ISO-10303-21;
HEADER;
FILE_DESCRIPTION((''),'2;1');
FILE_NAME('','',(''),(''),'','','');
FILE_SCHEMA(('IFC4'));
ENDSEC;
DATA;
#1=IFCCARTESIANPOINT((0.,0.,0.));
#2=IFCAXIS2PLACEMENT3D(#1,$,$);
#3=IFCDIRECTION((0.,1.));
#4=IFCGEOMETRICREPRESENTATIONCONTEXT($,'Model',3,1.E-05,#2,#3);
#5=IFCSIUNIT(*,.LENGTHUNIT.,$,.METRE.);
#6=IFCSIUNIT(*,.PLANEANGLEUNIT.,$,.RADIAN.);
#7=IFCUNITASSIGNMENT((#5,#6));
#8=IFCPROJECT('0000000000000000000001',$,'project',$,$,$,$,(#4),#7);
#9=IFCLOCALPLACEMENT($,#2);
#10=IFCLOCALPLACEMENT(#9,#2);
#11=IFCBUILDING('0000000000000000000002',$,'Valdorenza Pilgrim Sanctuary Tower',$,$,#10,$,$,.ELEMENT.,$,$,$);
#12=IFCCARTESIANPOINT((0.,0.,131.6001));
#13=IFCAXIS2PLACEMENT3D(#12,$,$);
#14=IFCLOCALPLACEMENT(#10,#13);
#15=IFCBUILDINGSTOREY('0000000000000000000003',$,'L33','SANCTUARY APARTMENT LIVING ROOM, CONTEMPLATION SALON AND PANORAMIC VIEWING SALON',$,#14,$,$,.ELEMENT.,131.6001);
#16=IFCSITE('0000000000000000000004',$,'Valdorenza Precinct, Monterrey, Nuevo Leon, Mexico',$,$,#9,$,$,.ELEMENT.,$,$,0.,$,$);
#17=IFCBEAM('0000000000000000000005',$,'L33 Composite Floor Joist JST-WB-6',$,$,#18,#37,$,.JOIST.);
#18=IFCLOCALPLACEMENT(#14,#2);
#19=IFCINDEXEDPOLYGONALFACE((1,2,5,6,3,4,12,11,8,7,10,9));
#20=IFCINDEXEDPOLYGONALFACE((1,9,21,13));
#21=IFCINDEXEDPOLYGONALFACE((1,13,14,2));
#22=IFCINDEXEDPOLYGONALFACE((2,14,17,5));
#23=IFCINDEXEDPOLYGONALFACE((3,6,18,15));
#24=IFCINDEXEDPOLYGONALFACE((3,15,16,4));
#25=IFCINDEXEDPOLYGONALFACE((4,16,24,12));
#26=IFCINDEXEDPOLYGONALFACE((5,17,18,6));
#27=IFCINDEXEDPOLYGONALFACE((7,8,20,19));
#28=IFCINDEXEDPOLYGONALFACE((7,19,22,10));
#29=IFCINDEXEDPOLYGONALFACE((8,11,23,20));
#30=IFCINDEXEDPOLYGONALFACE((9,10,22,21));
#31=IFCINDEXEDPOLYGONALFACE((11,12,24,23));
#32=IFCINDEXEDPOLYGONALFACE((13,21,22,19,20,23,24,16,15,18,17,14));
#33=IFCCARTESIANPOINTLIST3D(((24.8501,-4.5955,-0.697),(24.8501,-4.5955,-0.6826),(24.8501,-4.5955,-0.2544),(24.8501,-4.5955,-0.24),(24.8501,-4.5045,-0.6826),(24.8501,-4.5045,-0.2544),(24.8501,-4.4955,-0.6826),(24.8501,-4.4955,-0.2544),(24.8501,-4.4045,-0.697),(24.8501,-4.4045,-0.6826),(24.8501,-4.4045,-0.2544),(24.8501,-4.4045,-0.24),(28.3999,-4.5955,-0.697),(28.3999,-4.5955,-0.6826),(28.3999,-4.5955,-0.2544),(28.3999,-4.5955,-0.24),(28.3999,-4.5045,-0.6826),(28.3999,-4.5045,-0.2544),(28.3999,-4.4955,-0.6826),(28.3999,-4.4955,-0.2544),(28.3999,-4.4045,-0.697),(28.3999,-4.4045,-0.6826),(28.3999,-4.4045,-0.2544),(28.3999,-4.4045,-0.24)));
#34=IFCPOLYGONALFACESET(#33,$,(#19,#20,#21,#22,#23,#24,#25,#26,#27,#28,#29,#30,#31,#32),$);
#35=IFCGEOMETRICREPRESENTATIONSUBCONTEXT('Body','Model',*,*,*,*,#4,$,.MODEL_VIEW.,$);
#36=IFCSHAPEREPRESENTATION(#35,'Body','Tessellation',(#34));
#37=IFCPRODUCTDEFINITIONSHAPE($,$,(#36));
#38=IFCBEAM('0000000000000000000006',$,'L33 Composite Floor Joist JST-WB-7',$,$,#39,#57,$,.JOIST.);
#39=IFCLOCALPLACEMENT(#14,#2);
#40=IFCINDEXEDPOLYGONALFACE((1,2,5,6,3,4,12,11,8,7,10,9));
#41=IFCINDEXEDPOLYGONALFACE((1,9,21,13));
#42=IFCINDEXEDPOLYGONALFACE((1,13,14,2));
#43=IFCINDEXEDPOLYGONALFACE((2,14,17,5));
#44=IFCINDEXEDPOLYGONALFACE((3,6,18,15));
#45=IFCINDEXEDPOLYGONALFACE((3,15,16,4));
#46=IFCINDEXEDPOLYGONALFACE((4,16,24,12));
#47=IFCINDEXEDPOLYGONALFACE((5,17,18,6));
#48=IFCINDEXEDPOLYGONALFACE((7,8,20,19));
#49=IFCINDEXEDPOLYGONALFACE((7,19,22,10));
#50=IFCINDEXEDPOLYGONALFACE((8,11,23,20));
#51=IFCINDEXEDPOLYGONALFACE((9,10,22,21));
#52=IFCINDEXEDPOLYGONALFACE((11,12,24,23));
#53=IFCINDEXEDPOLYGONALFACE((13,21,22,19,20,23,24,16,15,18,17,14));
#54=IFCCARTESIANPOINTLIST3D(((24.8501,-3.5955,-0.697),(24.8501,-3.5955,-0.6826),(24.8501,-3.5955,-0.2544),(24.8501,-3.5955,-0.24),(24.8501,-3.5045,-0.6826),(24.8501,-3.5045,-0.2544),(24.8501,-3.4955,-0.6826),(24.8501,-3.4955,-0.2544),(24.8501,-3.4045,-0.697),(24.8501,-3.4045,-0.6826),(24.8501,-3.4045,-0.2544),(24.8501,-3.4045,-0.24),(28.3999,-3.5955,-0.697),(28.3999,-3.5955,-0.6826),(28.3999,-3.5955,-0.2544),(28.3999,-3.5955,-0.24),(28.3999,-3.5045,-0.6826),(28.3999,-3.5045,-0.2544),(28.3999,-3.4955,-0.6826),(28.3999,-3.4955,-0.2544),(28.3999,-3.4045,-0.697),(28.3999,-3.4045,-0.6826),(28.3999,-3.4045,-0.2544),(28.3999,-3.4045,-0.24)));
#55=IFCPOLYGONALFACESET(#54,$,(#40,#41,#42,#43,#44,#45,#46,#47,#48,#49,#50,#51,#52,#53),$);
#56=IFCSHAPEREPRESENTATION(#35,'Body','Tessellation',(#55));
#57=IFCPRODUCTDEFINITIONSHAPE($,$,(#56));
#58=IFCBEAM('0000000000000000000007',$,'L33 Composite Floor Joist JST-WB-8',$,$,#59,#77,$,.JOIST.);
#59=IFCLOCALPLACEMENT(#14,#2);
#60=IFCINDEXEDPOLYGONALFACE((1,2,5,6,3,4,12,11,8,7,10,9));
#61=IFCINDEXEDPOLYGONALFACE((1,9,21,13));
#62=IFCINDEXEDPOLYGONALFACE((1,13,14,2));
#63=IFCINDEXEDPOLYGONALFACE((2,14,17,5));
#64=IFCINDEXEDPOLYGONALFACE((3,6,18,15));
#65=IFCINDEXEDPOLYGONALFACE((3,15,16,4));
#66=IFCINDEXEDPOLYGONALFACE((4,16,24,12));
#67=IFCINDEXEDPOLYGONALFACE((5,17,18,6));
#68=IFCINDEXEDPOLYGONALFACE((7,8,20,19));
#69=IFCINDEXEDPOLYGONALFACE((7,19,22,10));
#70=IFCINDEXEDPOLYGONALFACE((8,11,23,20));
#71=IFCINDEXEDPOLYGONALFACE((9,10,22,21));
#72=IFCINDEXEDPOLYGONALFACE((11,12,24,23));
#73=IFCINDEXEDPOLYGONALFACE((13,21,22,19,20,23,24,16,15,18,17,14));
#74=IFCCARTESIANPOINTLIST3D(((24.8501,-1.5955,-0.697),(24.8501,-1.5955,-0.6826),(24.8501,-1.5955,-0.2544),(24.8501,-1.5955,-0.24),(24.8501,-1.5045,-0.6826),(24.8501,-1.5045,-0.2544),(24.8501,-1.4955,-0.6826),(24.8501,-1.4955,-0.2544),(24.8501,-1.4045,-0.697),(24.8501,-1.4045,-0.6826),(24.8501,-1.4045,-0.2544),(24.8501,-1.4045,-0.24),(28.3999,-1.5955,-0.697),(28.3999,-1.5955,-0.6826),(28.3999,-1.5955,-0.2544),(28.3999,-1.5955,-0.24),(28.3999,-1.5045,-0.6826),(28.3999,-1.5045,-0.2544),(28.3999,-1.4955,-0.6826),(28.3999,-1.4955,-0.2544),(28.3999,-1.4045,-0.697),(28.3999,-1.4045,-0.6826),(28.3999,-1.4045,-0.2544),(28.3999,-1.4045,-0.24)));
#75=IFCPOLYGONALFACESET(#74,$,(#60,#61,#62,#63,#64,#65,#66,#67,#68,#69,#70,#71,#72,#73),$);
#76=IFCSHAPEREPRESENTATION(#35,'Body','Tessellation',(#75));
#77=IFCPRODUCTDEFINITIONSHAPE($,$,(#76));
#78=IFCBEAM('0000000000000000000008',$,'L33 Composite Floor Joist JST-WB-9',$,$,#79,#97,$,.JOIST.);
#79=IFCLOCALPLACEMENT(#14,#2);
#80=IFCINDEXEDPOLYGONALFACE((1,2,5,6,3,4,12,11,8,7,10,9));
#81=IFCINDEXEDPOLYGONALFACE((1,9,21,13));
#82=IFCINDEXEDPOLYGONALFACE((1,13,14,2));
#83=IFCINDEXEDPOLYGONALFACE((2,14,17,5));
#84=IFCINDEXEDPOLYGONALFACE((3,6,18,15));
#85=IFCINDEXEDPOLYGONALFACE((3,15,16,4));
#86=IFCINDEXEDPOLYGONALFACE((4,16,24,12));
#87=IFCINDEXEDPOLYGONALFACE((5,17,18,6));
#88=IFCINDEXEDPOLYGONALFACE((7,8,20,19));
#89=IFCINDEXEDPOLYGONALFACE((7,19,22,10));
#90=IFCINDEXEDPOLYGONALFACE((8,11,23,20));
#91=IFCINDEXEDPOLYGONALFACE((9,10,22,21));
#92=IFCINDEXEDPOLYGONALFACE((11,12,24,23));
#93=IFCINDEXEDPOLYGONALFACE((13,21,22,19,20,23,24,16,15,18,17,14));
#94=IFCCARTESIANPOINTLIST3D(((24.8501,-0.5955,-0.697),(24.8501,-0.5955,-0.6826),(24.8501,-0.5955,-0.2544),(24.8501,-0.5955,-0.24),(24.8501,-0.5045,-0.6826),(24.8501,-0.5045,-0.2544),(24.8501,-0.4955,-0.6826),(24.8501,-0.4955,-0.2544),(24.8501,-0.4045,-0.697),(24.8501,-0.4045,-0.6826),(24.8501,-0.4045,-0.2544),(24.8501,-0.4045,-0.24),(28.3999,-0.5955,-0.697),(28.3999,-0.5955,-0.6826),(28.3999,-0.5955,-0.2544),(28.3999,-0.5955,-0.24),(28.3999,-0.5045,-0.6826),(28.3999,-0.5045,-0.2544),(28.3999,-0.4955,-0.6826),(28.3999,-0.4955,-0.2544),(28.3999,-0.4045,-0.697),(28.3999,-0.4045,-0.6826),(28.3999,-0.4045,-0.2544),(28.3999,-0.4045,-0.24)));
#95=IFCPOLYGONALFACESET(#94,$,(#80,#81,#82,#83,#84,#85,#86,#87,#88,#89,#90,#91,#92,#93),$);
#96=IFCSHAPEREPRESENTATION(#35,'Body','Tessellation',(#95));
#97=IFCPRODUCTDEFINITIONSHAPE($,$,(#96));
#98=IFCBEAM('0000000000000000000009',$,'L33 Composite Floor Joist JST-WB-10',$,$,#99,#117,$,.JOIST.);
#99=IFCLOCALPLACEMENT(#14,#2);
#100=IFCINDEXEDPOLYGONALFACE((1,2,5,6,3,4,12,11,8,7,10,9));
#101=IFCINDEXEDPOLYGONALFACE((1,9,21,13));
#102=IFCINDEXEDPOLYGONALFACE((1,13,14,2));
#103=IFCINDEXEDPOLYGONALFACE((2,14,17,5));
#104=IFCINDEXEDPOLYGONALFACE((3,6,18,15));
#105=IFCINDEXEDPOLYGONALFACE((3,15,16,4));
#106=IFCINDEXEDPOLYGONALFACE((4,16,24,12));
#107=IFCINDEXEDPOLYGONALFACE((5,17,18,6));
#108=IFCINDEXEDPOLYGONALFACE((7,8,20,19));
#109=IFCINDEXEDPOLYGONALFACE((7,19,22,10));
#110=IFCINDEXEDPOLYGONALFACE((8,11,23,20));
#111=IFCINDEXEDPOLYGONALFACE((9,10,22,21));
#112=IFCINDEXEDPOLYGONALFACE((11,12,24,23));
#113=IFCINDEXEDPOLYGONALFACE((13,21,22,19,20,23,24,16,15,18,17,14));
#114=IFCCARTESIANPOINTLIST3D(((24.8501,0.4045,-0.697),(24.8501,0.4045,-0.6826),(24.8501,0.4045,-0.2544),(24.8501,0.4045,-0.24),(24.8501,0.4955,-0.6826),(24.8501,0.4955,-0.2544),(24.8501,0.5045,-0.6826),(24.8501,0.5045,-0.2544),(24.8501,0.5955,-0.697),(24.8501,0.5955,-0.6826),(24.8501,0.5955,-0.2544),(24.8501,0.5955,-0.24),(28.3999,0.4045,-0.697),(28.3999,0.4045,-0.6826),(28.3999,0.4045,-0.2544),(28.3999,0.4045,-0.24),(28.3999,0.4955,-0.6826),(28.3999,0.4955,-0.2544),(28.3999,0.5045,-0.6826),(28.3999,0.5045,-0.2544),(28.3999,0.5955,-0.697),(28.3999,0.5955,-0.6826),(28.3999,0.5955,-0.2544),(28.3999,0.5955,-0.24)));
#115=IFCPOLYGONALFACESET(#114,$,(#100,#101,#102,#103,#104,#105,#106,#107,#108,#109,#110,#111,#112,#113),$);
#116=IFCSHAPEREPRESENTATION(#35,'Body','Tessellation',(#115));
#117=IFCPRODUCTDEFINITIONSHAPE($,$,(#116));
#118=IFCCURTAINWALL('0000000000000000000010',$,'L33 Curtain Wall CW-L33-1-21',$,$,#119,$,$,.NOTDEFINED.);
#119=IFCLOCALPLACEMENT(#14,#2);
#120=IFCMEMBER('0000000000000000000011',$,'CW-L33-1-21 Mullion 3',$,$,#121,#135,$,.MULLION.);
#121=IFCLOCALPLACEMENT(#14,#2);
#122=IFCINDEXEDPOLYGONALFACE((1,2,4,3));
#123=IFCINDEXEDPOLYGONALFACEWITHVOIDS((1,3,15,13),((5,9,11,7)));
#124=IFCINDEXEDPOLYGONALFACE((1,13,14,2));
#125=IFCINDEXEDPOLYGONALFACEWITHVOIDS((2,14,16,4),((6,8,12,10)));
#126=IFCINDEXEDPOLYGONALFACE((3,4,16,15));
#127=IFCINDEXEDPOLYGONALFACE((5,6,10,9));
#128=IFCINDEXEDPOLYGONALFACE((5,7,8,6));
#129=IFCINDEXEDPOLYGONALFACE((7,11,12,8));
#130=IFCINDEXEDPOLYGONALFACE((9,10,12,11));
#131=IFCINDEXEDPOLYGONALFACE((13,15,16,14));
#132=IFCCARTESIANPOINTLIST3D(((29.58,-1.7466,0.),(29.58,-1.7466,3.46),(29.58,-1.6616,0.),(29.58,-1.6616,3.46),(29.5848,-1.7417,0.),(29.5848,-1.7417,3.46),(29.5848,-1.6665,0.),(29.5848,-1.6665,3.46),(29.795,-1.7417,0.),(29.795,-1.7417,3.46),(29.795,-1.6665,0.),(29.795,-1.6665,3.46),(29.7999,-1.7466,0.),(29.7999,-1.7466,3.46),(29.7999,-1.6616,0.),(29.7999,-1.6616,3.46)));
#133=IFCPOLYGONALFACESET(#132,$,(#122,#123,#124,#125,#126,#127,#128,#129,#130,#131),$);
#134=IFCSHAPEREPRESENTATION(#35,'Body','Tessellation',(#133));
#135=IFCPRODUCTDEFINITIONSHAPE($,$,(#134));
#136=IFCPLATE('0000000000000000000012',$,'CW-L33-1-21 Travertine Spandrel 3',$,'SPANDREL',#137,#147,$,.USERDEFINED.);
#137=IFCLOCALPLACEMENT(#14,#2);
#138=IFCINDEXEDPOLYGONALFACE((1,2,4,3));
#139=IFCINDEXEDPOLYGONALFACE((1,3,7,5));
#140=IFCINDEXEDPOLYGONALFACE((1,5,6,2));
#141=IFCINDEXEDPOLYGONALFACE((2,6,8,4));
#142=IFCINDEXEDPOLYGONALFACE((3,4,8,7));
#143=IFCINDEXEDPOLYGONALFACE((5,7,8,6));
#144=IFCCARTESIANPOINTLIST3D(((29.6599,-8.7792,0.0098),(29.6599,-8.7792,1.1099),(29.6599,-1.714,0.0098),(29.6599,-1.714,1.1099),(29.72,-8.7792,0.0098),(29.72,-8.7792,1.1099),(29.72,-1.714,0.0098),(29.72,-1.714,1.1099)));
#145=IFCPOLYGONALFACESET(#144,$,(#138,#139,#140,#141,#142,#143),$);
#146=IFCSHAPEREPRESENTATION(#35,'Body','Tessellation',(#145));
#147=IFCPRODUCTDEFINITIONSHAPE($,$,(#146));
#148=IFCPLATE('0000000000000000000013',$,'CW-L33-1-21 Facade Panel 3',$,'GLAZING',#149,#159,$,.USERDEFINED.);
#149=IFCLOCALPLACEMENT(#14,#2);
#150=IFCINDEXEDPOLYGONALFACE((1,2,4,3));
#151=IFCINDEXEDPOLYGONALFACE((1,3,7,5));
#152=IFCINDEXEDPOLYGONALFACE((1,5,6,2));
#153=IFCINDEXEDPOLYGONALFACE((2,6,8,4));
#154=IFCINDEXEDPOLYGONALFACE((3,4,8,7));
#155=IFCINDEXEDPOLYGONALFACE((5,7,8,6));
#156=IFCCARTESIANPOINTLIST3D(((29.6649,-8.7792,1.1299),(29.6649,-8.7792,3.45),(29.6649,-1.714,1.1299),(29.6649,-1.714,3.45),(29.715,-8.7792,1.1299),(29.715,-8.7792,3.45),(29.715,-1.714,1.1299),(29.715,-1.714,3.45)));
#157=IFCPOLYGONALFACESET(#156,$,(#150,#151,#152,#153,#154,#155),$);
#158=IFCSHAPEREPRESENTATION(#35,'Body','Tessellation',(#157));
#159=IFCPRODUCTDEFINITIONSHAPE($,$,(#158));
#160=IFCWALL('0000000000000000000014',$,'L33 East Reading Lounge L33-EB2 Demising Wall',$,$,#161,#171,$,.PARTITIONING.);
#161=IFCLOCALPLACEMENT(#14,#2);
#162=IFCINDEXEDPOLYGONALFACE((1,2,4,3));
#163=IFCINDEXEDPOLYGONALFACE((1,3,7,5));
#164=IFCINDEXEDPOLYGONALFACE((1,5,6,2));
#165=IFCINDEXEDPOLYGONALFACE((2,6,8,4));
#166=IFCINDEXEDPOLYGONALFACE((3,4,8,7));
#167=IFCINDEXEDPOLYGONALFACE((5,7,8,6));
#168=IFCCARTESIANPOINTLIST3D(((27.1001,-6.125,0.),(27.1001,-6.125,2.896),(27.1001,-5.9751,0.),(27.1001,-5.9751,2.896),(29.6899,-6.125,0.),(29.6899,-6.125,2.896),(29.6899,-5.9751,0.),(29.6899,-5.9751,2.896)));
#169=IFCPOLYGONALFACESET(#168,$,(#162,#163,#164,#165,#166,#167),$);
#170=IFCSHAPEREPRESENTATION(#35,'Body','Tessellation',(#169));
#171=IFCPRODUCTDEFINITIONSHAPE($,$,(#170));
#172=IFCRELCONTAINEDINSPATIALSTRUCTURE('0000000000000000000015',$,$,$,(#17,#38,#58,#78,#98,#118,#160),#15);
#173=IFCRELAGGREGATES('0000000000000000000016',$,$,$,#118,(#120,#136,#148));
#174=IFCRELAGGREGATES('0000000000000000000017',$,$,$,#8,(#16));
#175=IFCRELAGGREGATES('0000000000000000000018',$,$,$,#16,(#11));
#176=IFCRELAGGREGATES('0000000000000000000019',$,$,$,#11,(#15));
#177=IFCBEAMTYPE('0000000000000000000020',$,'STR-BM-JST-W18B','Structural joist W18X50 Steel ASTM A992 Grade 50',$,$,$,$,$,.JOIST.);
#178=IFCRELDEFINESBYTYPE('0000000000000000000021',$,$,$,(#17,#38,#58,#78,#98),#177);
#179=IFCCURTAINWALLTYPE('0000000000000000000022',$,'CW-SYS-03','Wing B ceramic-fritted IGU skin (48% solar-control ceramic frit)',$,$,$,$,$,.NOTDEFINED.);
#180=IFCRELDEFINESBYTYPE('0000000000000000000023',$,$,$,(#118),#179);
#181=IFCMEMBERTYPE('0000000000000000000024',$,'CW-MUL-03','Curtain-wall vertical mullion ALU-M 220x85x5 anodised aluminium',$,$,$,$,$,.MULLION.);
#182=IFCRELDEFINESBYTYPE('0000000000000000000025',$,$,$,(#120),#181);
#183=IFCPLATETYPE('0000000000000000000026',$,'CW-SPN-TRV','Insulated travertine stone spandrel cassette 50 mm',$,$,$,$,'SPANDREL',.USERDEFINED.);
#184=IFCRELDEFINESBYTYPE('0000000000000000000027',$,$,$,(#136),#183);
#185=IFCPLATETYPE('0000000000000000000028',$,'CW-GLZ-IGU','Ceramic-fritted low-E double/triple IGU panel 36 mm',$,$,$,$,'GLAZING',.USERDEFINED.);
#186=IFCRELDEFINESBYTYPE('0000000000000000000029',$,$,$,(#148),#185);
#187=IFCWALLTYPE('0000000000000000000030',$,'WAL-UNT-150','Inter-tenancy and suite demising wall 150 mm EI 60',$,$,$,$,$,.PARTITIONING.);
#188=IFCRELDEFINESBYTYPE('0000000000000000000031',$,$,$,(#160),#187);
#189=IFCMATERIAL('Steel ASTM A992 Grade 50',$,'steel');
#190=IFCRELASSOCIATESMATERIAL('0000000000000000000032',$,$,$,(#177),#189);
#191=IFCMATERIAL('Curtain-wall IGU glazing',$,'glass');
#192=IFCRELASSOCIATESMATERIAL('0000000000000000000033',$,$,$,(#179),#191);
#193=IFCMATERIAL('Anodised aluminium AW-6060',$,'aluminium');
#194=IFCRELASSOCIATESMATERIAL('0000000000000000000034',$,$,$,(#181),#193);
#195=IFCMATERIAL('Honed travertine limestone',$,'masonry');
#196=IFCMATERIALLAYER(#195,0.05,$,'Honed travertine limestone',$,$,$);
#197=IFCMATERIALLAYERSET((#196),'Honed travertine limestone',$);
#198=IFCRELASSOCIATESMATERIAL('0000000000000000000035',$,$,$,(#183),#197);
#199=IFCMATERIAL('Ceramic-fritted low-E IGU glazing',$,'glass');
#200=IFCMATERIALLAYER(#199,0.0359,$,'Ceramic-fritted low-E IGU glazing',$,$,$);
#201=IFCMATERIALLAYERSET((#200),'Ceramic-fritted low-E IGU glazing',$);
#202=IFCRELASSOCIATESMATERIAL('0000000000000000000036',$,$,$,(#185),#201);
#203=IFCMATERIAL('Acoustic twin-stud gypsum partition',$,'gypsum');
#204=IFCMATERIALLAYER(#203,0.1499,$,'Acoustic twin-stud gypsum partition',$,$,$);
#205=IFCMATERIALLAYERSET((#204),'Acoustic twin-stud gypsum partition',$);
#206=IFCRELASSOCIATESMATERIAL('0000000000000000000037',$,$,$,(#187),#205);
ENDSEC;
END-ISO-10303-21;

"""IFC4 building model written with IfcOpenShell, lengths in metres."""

from ifc_helpers import new_model, si_unit, direction, frame, frame_2d, origin, origin_2d, place, context, subcontext, project, spatial, rectangle, hollow_rectangle, i_section, extrude, source, transform, mapped, material, layer, layer_set, material_profile, profile_set, type_object, element, aggregate, save


model = new_model("IFC4")

# Units and contexts
model_context = context("Model", 3, precision=1e-05, world=origin(), true_north=direction((0.0, 1.0)))
body_context = subcontext(model_context, "Body", "Model", "MODEL_VIEW")
ifc_project = project(units=[si_unit("LENGTHUNIT", "METRE"), si_unit("PLANEANGLEUNIT", "RADIAN")], contexts=[model_context])

# Site, building, storey
site_placement = place(None, origin())
site = spatial("IfcSite", under=ifc_project, at=site_placement, Name="Valdorenza Precinct, Monterrey, Nuevo Leon, Mexico", CompositionType="ELEMENT", RefElevation=0.0)
building_placement = place(site_placement, origin())
building = spatial("IfcBuilding", under=site, at=building_placement, Name="Valdorenza Pilgrim Sanctuary Tower", CompositionType="ELEMENT")
storey_placement = place(building_placement, frame((0.0, 0.0, 131.6001)))
storey = spatial("IfcBuildingStorey", under=building, at=storey_placement, Name="L33", Description="SANCTUARY APARTMENT LIVING ROOM, CONTEMPLATION SALON AND PANORAMIC VIEWING SALON", CompositionType="ELEMENT", Elevation=131.6001)

# Shared definitions
ifc_material_1 = material(Name="Steel ASTM A992 Grade 50", Category="steel")

# Beams
ifc_material_profile_1 = material_profile(ifc_material_1, i_section(OverallWidth=0.1909, OverallDepth=0.457, WebThickness=0.009, FlangeThickness=0.0144, at=origin_2d()), Name="W18X50")
ifc_profile_set_1 = profile_set([ifc_material_profile_1], Name="Steel ASTM A992 Grade 50")
beam_type_1 = type_object("IfcBeamType", Name="STR-BM-JST-W18B", Description="Structural joist W18X50 Steel ASTM A992 Grade 50", PredefinedType="JOIST", material=ifc_profile_set_1)
shared_shape_1 = source(origin(), body_context, "Body", "SweptSolid", [
    extrude(i_section(OverallWidth=0.1909, OverallDepth=0.457, WebThickness=0.009, FlangeThickness=0.0144, at=origin_2d()), origin(), (0.0, 0.0, 1.0), 3.5498),
])
for number, where, z_axis, x_axis, name in (
    (1, (24.8501, -4.5, -0.4685), (1.0, 0.0, 0.0), (0.0, 1.0, 0.0), "L33 Composite Floor Joist JST-WB-6"),
    (2, (24.8501, -3.5, -0.4685), (1.0, 0.0, 0.0), (0.0, 1.0, 0.0), "L33 Composite Floor Joist JST-WB-7"),
    (3, (24.8501, -1.5, -0.4685), (1.0, 0.0, 0.0), (0.0, 1.0, 0.0), "L33 Composite Floor Joist JST-WB-8"),
    (4, (24.8501, -0.5, -0.4685), (1.0, 0.0, 0.0), (0.0, 1.0, 0.0), "L33 Composite Floor Joist JST-WB-9"),
    (5, (24.8501, 0.5, -0.4685), (1.0, 0.0, 0.0), (0.0, 1.0, 0.0), "L33 Composite Floor Joist JST-WB-10"),
):
    element("IfcBeam", number, at=place(storey_placement, frame(where, z_axis=z_axis, x_axis=x_axis)), inside=storey, type_object=beam_type_1, Name=name, PredefinedType="JOIST", context=body_context, shape_type="MappedRepresentation", body=[
        mapped(shared_shape_1, transform((0.0, 0.0, 0.0), x_axis=(1.0, 0.0, 0.0), y_axis=(0.0, 1.0, 0.0), z_axis=(0.0, 0.0, 1.0), scale=1.0)),
    ])

# Curtain wall, member, plates
ifc_material_2 = material(Name="Curtain-wall IGU glazing", Category="glass")
curtain_wall_type = type_object("IfcCurtainWallType", Name="CW-SYS-03", Description="Wing B ceramic-fritted IGU skin (48% solar-control ceramic frit)", PredefinedType="NOTDEFINED", material=ifc_material_2)
curtain_wall_placement = place(storey_placement, origin())
curtain_wall = element("IfcCurtainWall", 6, at=curtain_wall_placement, inside=storey, type_object=curtain_wall_type, Name="L33 Curtain Wall CW-L33-1-21", PredefinedType="NOTDEFINED")
ifc_material_3 = material(Name="Anodised aluminium AW-6060", Category="aluminium")
ifc_material_profile_2 = material_profile(ifc_material_3, hollow_rectangle(XDim=0.085, YDim=0.22, WallThickness=0.0049, at=origin_2d()), Name="ALU-M 220x85x5")
ifc_profile_set_2 = profile_set([ifc_material_profile_2], Name="Anodised aluminium AW-6060")
member_type = type_object("IfcMemberType", Name="CW-MUL-03", Description="Curtain-wall vertical mullion ALU-M 220x85x5 anodised aluminium", PredefinedType="MULLION", material=ifc_profile_set_2)
shared_shape_2 = source(origin(), body_context, "Body", "SweptSolid", [
    extrude(hollow_rectangle(XDim=0.085, YDim=0.22, WallThickness=0.0049, at=origin_2d()), origin(), (0.0, 0.0, 1.0), 3.46),
])
member_placement = place(storey_placement, frame((29.6899, -1.7041, 0.0), z_axis=(0.0, 0.0, 1.0), x_axis=(0.0, -1.0, 0.0)))
member = element("IfcMember", 7, at=member_placement, type_object=member_type, Name="CW-L33-1-21 Mullion 3", PredefinedType="MULLION", context=body_context, shape_type="MappedRepresentation", body=[
    mapped(shared_shape_2, transform((0.0, 0.0, 0.0), x_axis=(1.0, 0.0, 0.0), y_axis=(0.0, 1.0, 0.0), z_axis=(0.0, 0.0, 1.0), scale=1.0)),
])
ifc_material_4 = material(Name="Honed travertine limestone", Category="masonry")
ifc_layer_1 = layer(ifc_material_4, 0.05, Name="Honed travertine limestone")
ifc_layer_set_1 = layer_set([ifc_layer_1], Name="Honed travertine limestone")
plate_type_1 = type_object("IfcPlateType", Name="CW-SPN-TRV", Description="Insulated travertine stone spandrel cassette 50 mm", ElementType="SPANDREL", PredefinedType="USERDEFINED", material=ifc_layer_set_1)
shared_shape_3 = source(origin(), body_context, "Body", "SweptSolid", [
    extrude(rectangle(XDim=7.0652, YDim=0.0601, at=origin_2d()), origin(), (0.0, 0.0, 1.0), 1.1001),
])
plate_1_placement = place(storey_placement, frame((29.6899, -5.2466, 0.0098), z_axis=(0.0, 0.0, 1.0), x_axis=(0.0, -1.0, 0.0)))
plate_1 = element("IfcPlate", 8, at=plate_1_placement, type_object=plate_type_1, Name="CW-L33-1-21 Travertine Spandrel 3", ObjectType="SPANDREL", PredefinedType="USERDEFINED", context=body_context, shape_type="MappedRepresentation", body=[
    mapped(shared_shape_3, transform((0.0, 0.0, 0.0), x_axis=(1.0, 0.0, 0.0), y_axis=(0.0, 1.0, 0.0), z_axis=(0.0, 0.0, 1.0), scale=1.0)),
])
ifc_material_5 = material(Name="Ceramic-fritted low-E IGU glazing", Category="glass")
ifc_layer_2 = layer(ifc_material_5, 0.0359, Name="Ceramic-fritted low-E IGU glazing")
ifc_layer_set_2 = layer_set([ifc_layer_2], Name="Ceramic-fritted low-E IGU glazing")
plate_type_2 = type_object("IfcPlateType", Name="CW-GLZ-IGU", Description="Ceramic-fritted low-E double/triple IGU panel 36 mm", ElementType="GLAZING", PredefinedType="USERDEFINED", material=ifc_layer_set_2)
shared_shape_4 = source(origin(), body_context, "Body", "SweptSolid", [
    extrude(rectangle(XDim=7.0652, YDim=0.05, at=origin_2d()), origin(), (0.0, 0.0, 1.0), 2.3201),
])
plate_2_placement = place(storey_placement, frame((29.6899, -5.2466, 1.1299), z_axis=(0.0, 0.0, 1.0), x_axis=(0.0, -1.0, 0.0)))
plate_2 = element("IfcPlate", 9, at=plate_2_placement, type_object=plate_type_2, Name="CW-L33-1-21 Facade Panel 3", ObjectType="GLAZING", PredefinedType="USERDEFINED", context=body_context, shape_type="MappedRepresentation", body=[
    mapped(shared_shape_4, transform((0.0, 0.0, 0.0), x_axis=(1.0, 0.0, 0.0), y_axis=(0.0, 1.0, 0.0), z_axis=(0.0, 0.0, 1.0), scale=1.0)),
])
aggregate(curtain_wall, [member, plate_1, plate_2])

# Wall
ifc_material_6 = material(Name="Acoustic twin-stud gypsum partition", Category="gypsum")
ifc_layer_3 = layer(ifc_material_6, 0.1499, Name="Acoustic twin-stud gypsum partition")
ifc_layer_set_3 = layer_set([ifc_layer_3], Name="Acoustic twin-stud gypsum partition")
wall_type = type_object("IfcWallType", Name="WAL-UNT-150", Description="Inter-tenancy and suite demising wall 150 mm EI 60", PredefinedType="PARTITIONING", material=ifc_layer_set_3)
wall_placement = place(storey_placement, frame((27.1001, -6.05, 0.0), z_axis=(0.0, 0.0, 1.0), x_axis=(1.0, 0.0, 0.0)))
element("IfcWall", 10, at=wall_placement, inside=storey, type_object=wall_type, Name="L33 East Reading Lounge L33-EB2 Demising Wall", PredefinedType="PARTITIONING", context=body_context, shape_type="SweptSolid", body=[
    extrude(rectangle(XDim=2.5898, YDim=0.1499, at=frame_2d((1.2949, 0.0))), origin(), (0.0, 0.0, 1.0), 2.896),
])

save(model, "model.ifc")
